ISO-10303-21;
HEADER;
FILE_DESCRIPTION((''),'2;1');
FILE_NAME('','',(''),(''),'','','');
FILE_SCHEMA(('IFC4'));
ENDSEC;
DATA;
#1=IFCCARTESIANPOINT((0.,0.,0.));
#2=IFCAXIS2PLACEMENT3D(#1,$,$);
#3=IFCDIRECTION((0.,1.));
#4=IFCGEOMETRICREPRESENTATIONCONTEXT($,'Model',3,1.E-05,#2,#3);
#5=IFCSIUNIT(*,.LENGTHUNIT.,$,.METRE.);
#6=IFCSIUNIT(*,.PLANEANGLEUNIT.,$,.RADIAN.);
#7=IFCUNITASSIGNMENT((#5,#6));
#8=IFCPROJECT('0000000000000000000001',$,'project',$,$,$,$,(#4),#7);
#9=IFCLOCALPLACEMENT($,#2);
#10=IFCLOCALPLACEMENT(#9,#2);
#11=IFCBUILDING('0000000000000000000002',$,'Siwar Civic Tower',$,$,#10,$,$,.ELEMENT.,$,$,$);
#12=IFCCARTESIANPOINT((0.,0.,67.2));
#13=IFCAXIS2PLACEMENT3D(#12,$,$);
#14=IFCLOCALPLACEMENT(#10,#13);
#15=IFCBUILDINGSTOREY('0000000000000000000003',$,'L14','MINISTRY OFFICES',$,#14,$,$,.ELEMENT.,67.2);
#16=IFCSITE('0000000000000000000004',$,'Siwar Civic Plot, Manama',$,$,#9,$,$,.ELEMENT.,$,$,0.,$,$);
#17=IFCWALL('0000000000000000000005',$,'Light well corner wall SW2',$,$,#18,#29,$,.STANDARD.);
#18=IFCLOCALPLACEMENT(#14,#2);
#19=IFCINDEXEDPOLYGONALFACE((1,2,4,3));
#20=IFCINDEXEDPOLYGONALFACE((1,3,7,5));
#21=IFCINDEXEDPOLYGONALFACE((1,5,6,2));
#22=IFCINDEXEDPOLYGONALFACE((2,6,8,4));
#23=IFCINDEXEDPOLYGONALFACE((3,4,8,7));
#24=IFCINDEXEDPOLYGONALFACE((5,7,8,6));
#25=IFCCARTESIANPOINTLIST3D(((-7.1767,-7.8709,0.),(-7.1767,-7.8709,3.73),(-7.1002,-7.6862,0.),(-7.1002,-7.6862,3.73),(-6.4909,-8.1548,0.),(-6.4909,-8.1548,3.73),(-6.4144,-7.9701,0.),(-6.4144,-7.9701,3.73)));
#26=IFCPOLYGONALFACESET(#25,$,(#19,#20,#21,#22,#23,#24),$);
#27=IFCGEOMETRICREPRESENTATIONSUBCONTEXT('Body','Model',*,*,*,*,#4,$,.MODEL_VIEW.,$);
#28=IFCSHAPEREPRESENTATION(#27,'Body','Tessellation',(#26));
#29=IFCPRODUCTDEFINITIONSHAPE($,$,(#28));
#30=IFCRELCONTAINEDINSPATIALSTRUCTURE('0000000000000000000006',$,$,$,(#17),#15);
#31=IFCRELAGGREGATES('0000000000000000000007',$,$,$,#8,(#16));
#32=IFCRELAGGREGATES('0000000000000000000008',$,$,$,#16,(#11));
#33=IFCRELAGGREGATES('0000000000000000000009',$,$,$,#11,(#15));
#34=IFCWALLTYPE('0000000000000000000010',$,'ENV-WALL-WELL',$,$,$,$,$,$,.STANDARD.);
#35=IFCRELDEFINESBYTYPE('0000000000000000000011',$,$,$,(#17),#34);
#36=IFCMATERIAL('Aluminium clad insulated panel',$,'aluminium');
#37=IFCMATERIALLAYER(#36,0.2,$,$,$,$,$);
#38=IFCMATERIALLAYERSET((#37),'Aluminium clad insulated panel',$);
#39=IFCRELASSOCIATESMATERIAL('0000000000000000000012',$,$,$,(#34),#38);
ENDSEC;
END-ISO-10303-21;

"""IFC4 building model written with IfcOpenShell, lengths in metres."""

from ifc_helpers import new_model, si_unit, direction, frame, frame_2d, origin, place, context, subcontext, project, spatial, rectangle, extrude, material, layer, layer_set, type_object, element, save


model = new_model("IFC4")

# Units and contexts
model_context = context("Model", 3, precision=1e-05, world=origin(), true_north=direction((0.0, 1.0)))
body_context = subcontext(model_context, "Body", "Model", "MODEL_VIEW")
ifc_project = project(units=[si_unit("LENGTHUNIT", "METRE"), si_unit("PLANEANGLEUNIT", "RADIAN")], contexts=[model_context])

# Site, building, storey
site_placement = place(None, origin())
site = spatial("IfcSite", under=ifc_project, at=site_placement, Name="Siwar Civic Plot, Manama", CompositionType="ELEMENT", RefElevation=0.0)
building_placement = place(site_placement, origin())
building = spatial("IfcBuilding", under=site, at=building_placement, Name="Siwar Civic Tower", CompositionType="ELEMENT")
storey_placement = place(building_placement, frame((0.0, 0.0, 67.2)))
storey = spatial("IfcBuildingStorey", under=building, at=storey_placement, Name="L14", Description="MINISTRY OFFICES", CompositionType="ELEMENT", Elevation=67.2)

# Wall
ifc_material_1 = material(Name="Aluminium clad insulated panel", Category="aluminium")
ifc_layer_1 = layer(ifc_material_1, 0.2)
ifc_layer_set_1 = layer_set([ifc_layer_1], Name="Aluminium clad insulated panel")
wall_type_1 = type_object("IfcWallType", Name="ENV-WALL-WELL", PredefinedType="STANDARD", material=ifc_layer_set_1)
wall_1_placement = place(storey_placement, frame((-7.1384, -7.7786, 0.0), z_axis=(0.0, 0.0, 1.0), x_axis=(0.923941, -0.382536, 0.0)))
element("IfcWall", 1, at=wall_1_placement, inside=storey, type_object=wall_type_1, Name="Light well corner wall SW2", PredefinedType="STANDARD", context=body_context, shape_type="SweptSolid", body=[
    extrude(rectangle(XDim=0.7422, YDim=0.2, at=frame_2d((0.3711, 0.0))), origin(), (0.0, 0.0, 1.0), 3.73),
])

save(model, "model.ifc")
